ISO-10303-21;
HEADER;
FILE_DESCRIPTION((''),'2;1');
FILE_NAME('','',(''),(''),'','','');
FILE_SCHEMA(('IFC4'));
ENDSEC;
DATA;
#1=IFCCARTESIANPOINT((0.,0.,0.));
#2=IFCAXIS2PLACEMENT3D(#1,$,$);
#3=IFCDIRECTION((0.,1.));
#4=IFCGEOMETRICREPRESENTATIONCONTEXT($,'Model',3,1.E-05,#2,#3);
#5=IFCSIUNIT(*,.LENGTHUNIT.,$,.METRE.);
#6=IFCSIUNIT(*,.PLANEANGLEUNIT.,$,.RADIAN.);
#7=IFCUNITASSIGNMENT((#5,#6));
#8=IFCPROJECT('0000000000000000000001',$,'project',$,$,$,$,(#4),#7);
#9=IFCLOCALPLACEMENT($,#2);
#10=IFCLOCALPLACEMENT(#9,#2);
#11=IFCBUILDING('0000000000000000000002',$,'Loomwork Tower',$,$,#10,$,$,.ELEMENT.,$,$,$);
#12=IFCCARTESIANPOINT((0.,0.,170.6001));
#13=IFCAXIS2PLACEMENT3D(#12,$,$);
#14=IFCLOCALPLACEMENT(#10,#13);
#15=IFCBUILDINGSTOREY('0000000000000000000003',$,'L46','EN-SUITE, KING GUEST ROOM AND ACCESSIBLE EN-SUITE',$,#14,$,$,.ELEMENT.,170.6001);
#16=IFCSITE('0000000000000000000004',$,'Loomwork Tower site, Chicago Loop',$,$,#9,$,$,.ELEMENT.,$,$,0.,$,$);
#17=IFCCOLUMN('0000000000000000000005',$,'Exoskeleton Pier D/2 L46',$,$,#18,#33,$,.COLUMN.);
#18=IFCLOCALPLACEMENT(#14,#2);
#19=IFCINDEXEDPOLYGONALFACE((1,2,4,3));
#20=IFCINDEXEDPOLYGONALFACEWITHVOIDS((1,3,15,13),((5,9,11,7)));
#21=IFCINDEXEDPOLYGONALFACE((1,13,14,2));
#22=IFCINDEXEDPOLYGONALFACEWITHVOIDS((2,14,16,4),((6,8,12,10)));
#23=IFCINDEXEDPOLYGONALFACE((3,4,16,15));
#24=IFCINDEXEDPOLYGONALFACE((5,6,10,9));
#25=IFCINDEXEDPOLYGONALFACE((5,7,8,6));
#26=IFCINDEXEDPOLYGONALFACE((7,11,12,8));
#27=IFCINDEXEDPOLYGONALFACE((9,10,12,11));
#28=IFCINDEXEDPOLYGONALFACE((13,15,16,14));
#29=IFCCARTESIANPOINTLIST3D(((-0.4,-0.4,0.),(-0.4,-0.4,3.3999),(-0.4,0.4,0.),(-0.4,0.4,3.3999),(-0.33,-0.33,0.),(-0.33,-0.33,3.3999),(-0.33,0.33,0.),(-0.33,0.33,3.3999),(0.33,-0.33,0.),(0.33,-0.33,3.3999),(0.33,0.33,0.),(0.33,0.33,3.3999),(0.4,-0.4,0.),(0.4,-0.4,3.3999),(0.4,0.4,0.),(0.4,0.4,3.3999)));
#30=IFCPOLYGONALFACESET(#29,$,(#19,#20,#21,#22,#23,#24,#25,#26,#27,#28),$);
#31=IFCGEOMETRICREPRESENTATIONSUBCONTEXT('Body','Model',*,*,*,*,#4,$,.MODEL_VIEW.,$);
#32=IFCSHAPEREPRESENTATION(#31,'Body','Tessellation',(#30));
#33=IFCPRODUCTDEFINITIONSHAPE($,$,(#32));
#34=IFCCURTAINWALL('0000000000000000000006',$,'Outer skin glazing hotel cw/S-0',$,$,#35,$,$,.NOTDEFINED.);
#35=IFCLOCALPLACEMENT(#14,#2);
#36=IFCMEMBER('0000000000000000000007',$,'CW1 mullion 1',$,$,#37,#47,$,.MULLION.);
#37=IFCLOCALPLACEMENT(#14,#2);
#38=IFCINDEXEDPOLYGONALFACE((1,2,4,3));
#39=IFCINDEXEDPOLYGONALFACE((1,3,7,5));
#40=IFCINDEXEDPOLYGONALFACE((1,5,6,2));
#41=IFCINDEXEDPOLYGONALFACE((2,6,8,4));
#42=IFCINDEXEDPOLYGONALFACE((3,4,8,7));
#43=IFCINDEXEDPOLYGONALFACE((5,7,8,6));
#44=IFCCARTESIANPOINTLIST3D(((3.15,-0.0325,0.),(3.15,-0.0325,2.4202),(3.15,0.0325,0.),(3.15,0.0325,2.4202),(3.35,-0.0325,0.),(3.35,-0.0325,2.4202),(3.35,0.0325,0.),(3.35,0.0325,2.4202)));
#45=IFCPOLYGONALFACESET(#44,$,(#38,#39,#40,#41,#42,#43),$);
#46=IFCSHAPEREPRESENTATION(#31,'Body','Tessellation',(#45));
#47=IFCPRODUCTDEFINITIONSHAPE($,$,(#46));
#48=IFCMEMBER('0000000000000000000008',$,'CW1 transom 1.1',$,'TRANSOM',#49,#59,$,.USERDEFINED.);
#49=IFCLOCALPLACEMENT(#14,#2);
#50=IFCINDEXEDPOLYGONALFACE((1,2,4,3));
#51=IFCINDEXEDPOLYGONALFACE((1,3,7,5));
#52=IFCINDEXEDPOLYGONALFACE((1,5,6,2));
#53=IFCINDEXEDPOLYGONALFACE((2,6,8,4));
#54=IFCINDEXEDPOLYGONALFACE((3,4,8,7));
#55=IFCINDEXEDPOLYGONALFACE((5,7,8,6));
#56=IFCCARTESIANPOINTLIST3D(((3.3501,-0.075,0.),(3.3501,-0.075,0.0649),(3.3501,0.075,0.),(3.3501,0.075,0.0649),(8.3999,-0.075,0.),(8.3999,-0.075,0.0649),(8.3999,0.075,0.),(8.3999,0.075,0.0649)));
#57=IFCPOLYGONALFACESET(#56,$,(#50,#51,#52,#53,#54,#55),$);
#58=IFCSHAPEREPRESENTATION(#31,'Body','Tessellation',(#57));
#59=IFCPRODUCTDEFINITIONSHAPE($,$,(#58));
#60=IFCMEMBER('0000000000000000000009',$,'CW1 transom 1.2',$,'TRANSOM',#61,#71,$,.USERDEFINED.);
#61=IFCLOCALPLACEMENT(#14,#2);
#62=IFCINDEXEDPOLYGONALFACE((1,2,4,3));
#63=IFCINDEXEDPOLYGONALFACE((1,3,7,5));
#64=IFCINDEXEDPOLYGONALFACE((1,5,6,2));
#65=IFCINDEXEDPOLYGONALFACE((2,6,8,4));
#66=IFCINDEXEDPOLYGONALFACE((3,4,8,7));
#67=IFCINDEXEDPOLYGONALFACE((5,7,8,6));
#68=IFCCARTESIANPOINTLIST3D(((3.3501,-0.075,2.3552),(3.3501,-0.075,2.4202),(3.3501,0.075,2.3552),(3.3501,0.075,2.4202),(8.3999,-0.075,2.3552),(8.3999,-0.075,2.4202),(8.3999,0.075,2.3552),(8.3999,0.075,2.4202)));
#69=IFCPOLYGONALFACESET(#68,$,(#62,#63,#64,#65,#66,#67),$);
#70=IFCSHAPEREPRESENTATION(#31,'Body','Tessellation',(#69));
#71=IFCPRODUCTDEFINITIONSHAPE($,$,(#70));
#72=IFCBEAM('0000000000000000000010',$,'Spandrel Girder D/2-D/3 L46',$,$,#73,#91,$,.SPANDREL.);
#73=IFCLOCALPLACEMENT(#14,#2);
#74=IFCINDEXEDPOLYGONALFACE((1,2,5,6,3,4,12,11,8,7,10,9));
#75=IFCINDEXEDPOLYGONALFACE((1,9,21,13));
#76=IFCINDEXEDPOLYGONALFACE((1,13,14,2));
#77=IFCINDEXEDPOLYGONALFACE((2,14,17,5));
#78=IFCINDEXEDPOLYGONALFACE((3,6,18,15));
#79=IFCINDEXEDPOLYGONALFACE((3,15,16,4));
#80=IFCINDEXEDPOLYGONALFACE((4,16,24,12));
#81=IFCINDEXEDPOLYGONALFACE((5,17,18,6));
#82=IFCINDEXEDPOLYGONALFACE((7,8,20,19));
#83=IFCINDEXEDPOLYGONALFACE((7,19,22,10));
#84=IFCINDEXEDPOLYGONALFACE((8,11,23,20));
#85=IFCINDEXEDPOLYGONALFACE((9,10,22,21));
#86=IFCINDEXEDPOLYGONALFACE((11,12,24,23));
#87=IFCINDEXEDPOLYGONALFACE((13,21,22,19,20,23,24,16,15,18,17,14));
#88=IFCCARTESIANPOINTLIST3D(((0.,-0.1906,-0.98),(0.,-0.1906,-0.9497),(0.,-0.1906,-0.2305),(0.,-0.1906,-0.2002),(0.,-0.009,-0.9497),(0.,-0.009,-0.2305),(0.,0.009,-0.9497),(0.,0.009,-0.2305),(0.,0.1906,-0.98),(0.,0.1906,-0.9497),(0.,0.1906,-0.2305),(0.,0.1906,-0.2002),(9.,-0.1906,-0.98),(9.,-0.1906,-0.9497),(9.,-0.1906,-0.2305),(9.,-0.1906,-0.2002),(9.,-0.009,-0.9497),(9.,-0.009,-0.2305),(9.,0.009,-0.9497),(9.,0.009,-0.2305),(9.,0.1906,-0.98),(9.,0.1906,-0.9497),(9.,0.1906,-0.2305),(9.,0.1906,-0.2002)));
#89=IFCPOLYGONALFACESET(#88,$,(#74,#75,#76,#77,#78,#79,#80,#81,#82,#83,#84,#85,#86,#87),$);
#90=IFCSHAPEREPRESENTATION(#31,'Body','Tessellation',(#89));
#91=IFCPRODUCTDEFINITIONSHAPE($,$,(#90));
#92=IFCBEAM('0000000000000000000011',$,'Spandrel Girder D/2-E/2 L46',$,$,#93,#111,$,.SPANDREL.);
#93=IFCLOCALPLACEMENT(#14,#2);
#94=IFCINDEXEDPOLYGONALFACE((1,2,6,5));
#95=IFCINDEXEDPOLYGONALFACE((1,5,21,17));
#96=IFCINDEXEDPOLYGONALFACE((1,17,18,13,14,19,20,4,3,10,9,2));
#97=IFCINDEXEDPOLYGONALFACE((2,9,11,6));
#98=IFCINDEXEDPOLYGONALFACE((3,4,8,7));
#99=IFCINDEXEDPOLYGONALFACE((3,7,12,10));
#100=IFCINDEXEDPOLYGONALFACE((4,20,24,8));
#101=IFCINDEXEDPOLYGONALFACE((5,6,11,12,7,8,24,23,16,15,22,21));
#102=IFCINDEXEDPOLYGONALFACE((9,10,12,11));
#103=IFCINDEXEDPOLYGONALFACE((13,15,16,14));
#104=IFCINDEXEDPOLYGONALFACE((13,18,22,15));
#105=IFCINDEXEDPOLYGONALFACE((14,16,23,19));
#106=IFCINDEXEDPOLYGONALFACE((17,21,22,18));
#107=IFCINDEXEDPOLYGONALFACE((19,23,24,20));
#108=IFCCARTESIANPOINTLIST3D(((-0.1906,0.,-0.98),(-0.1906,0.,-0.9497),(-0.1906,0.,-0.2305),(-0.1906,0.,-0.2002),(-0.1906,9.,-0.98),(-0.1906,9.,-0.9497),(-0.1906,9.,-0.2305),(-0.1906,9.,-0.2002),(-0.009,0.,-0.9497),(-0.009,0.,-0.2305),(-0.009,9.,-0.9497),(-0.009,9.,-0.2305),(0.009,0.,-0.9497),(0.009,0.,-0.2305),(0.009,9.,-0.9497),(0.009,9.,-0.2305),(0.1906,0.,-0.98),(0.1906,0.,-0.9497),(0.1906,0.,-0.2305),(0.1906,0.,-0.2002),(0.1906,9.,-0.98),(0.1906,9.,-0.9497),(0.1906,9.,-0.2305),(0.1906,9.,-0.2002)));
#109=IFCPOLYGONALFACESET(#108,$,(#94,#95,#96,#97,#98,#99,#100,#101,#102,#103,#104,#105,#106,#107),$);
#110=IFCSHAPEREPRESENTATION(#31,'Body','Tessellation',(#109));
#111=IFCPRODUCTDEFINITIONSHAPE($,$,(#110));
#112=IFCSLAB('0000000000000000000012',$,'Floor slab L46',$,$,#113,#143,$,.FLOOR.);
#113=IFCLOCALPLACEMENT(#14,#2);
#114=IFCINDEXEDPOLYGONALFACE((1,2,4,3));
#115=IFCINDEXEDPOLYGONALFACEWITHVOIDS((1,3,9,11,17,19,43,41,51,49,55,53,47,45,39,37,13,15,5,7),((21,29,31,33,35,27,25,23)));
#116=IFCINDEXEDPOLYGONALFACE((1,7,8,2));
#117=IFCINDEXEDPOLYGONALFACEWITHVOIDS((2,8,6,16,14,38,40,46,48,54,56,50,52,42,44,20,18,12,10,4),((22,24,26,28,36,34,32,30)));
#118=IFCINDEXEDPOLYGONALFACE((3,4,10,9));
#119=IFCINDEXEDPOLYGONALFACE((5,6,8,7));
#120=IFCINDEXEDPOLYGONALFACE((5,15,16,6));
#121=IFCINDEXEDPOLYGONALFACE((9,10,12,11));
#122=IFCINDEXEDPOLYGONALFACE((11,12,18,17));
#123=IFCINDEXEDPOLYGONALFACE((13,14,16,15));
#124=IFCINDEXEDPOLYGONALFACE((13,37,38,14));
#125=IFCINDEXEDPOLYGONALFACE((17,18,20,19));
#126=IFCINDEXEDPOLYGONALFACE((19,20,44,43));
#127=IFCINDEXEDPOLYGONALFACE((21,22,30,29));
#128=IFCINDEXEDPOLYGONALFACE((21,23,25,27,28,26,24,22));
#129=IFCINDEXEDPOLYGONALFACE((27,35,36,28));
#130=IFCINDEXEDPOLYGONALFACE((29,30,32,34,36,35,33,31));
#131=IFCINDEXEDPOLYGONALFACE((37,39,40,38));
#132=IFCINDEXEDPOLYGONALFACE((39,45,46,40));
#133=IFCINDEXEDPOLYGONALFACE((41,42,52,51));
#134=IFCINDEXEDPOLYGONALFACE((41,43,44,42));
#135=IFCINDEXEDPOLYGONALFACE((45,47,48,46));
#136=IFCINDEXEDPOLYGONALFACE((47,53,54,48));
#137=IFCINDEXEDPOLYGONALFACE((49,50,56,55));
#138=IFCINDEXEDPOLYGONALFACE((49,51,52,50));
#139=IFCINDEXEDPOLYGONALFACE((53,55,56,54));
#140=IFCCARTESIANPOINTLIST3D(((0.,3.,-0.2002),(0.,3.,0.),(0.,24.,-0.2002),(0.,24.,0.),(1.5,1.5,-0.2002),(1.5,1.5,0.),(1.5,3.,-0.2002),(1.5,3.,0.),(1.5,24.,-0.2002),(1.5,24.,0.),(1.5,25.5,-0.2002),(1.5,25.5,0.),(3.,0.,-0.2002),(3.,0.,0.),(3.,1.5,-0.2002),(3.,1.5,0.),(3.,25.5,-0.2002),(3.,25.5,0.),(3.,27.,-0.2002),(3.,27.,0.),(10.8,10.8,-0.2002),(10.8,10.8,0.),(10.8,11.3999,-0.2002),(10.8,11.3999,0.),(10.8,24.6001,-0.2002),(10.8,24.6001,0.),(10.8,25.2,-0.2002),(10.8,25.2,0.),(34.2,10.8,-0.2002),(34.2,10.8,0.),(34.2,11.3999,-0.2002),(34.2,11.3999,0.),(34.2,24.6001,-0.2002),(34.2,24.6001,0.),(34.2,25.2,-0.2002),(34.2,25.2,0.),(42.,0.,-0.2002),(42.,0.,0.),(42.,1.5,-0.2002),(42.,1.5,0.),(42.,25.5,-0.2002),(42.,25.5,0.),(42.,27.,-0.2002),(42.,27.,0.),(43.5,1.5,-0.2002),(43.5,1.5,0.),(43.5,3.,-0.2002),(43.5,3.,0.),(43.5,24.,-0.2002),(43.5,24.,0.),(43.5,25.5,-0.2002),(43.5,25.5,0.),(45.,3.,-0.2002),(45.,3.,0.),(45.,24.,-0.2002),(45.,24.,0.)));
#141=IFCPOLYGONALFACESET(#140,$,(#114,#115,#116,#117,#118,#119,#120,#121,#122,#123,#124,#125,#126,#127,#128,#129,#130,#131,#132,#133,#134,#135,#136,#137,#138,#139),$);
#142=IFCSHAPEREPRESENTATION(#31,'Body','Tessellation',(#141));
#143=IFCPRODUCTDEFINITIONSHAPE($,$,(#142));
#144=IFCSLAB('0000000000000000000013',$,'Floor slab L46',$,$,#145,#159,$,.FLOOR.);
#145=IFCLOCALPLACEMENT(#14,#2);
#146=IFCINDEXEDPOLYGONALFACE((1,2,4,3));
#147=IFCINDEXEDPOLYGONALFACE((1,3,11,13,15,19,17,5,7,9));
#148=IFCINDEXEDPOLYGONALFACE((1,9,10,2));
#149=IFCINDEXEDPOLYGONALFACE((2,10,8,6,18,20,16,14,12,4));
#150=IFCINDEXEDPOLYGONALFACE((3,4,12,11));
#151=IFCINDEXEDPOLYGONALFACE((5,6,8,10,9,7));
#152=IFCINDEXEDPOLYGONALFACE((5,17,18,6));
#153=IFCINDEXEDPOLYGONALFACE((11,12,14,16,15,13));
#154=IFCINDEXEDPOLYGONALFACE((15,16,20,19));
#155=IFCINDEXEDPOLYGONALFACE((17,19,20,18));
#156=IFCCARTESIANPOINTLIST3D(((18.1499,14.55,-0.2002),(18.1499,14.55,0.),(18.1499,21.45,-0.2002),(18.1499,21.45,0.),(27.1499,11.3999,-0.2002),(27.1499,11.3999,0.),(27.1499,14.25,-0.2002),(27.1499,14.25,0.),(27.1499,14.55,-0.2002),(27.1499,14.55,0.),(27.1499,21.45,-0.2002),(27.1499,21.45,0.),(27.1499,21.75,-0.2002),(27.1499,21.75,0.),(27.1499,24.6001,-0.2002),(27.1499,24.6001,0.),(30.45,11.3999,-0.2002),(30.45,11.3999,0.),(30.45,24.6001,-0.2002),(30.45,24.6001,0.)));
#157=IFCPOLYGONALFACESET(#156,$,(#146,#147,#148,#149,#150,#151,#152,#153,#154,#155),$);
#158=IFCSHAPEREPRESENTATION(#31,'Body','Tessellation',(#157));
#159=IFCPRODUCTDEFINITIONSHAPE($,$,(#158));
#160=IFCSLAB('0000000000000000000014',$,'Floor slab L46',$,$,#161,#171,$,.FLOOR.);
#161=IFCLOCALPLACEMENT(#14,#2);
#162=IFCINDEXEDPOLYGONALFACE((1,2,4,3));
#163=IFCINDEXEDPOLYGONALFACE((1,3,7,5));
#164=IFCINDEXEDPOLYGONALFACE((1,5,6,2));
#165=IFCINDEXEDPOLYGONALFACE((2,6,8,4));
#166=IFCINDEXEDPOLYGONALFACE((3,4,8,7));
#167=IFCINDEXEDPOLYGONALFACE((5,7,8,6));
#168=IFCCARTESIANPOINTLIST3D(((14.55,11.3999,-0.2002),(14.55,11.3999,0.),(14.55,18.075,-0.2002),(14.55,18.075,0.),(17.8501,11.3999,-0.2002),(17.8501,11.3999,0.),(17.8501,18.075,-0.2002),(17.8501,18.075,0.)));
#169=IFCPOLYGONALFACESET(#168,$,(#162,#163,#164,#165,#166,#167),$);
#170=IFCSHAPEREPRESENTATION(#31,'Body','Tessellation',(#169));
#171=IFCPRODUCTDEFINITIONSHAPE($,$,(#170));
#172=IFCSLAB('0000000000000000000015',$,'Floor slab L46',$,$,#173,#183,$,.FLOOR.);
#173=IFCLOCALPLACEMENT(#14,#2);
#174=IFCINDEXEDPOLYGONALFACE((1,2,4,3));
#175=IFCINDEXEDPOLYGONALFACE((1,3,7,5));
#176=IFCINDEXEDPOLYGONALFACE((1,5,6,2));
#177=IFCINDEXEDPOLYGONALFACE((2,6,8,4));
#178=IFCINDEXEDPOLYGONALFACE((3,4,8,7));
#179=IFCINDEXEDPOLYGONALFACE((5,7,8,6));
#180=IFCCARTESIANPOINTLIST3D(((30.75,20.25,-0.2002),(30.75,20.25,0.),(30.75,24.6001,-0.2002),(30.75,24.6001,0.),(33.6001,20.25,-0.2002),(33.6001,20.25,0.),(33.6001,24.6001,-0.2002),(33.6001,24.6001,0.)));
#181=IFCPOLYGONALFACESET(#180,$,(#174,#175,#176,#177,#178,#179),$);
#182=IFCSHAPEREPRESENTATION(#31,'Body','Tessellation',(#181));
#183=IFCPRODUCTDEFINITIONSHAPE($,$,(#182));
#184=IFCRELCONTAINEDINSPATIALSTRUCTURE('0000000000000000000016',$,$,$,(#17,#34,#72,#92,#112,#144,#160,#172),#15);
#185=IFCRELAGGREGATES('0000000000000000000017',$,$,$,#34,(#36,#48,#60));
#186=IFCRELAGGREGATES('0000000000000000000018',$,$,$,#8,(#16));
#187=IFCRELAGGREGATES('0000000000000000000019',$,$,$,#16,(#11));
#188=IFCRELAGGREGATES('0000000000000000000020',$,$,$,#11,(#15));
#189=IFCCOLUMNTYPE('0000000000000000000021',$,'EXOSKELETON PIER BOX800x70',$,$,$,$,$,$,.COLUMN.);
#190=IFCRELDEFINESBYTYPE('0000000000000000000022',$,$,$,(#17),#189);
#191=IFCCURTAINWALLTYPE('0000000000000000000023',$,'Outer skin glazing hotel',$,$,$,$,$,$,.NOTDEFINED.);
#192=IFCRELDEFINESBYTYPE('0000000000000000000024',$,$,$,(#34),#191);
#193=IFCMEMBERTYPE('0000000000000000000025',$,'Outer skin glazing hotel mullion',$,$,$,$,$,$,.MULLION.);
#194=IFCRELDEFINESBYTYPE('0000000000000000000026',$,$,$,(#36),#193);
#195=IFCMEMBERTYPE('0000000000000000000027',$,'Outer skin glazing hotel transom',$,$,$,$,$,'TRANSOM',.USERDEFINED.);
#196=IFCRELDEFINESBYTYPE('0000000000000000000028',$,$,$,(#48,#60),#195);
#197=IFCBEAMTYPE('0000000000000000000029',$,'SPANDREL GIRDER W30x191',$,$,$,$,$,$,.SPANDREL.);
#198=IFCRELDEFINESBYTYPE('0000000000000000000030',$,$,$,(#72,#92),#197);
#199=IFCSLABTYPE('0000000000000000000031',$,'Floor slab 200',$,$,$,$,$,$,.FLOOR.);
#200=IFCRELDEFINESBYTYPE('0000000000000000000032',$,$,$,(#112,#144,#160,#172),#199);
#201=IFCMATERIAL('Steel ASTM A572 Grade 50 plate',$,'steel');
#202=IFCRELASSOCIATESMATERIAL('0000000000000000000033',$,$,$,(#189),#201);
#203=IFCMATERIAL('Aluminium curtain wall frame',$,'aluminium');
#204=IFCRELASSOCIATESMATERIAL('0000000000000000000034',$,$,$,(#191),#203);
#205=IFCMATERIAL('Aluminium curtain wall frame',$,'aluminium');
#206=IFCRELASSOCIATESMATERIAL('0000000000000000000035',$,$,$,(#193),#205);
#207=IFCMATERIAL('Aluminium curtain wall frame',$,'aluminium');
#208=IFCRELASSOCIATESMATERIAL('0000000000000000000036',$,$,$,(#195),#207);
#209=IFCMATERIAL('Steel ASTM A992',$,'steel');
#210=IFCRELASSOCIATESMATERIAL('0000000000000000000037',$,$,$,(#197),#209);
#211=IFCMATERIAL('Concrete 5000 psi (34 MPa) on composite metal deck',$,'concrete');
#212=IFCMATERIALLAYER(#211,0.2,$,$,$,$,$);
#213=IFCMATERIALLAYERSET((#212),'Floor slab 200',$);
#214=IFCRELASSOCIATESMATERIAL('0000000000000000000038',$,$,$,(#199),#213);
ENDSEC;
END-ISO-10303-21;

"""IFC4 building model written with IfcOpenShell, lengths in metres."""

from ifc_helpers import new_model, si_unit, direction, frame, origin, origin_with_axes, origin_2d, place, context, subcontext, project, spatial, polyline, rectangle, hollow_rectangle, i_section, outline, extrude, material, layer, layer_set, material_profile, profile_set, type_object, element, aggregate, save


model = new_model("IFC4")

# Units and contexts
model_context = context("Model", 3, precision=1e-05, world=origin(), true_north=direction((0.0, 1.0)))
body_context = subcontext(model_context, "Body", "Model", "MODEL_VIEW")
ifc_project = project(units=[si_unit("LENGTHUNIT", "METRE"), si_unit("PLANEANGLEUNIT", "RADIAN")], contexts=[model_context])

# Site, building, storey
site_placement = place(None, origin())
site = spatial("IfcSite", under=ifc_project, at=site_placement, Name="Loomwork Tower site, Chicago Loop", CompositionType="ELEMENT", RefElevation=0.0)
building_placement = place(site_placement, origin())
building = spatial("IfcBuilding", under=site, at=building_placement, Name="Loomwork Tower", CompositionType="ELEMENT")
storey_placement = place(building_placement, frame((0.0, 0.0, 170.6001)))
storey = spatial("IfcBuildingStorey", under=building, at=storey_placement, Name="L46", Description="EN-SUITE, KING GUEST ROOM AND ACCESSIBLE EN-SUITE", CompositionType="ELEMENT", Elevation=170.6001)

# Column
ifc_material_1 = material(Name="Steel ASTM A572 Grade 50 plate", Category="steel")
ifc_material_profile_1 = material_profile(ifc_material_1, hollow_rectangle(XDim=0.8, YDim=0.8, WallThickness=0.0701, at=origin_2d()), Name="BOX800x70")
ifc_profile_set_1 = profile_set([ifc_material_profile_1], Name="Steel ASTM A572 Grade 50 plate")
column_type = type_object("IfcColumnType", Name="EXOSKELETON PIER BOX800x70", PredefinedType="COLUMN", material=ifc_profile_set_1)
column_placement = place(storey_placement, origin_with_axes())
element("IfcColumn", 1, at=column_placement, inside=storey, type_object=column_type, Name="Exoskeleton Pier D/2 L46", PredefinedType="COLUMN", context=body_context, shape_type="SweptSolid", body=[
    extrude(hollow_rectangle(XDim=0.8, YDim=0.8, WallThickness=0.0701, at=origin_2d()), origin(), (0.0, 0.0, 1.0), 3.3999),
])

# Curtain wall, members
ifc_material_2 = material(Name="Aluminium curtain wall frame", Category="aluminium")
curtain_wall_type = type_object("IfcCurtainWallType", Name="Outer skin glazing hotel", PredefinedType="NOTDEFINED", material=ifc_material_2)
curtain_wall_placement = place(storey_placement, origin())
curtain_wall = element("IfcCurtainWall", 2, at=curtain_wall_placement, inside=storey, type_object=curtain_wall_type, Name="Outer skin glazing hotel cw/S-0", PredefinedType="NOTDEFINED")
ifc_material_3 = material(Name="Aluminium curtain wall frame", Category="aluminium")
ifc_material_profile_2 = material_profile(ifc_material_3, rectangle(XDim=0.0649, YDim=0.2, at=origin_2d()), Name="AL 65x200")
ifc_profile_set_2 = profile_set([ifc_material_profile_2], Name="Aluminium curtain wall frame")
member_type_1 = type_object("IfcMemberType", Name="Outer skin glazing hotel mullion", PredefinedType="MULLION", material=ifc_profile_set_2)
member_1_placement = place(storey_placement, frame((3.25, 0.0, 0.0), z_axis=(0.0, 0.0, 1.0), x_axis=(0.0, 1.0, 0.0)))
member_1 = element("IfcMember", 3, at=member_1_placement, type_object=member_type_1, Name="CW1 mullion 1", PredefinedType="MULLION", context=body_context, shape_type="SweptSolid", body=[
    extrude(rectangle(XDim=0.0649, YDim=0.2, at=origin_2d()), origin(), (0.0, 0.0, 1.0), 2.4202),
])
ifc_material_4 = material(Name="Aluminium curtain wall frame", Category="aluminium")
ifc_material_profile_3 = material_profile(ifc_material_4, rectangle(XDim=0.1499, YDim=0.0649, at=origin_2d()), Name="AL 65x150")
ifc_profile_set_3 = profile_set([ifc_material_profile_3], Name="Aluminium curtain wall frame")
member_type_2 = type_object("IfcMemberType", Name="Outer skin glazing hotel transom", ElementType="TRANSOM", PredefinedType="USERDEFINED", material=ifc_profile_set_3)
member_2_placement = place(storey_placement, frame((3.3501, 0.0, 0.0325), z_axis=(1.0, 0.0, 0.0), x_axis=(0.0, 1.0, 0.0)))
member_2 = element("IfcMember", 4, at=member_2_placement, type_object=member_type_2, Name="CW1 transom 1.1", ObjectType="TRANSOM", PredefinedType="USERDEFINED", context=body_context, shape_type="SweptSolid", body=[
    extrude(rectangle(XDim=0.1499, YDim=0.0649, at=origin_2d()), origin(), (0.0, 0.0, 1.0), 5.0498),
])
member_3_placement = place(storey_placement, frame((3.3501, 0.0, 2.3877), z_axis=(1.0, 0.0, 0.0), x_axis=(0.0, 1.0, 0.0)))
member_3 = element("IfcMember", 5, at=member_3_placement, type_object=member_type_2, Name="CW1 transom 1.2", ObjectType="TRANSOM", PredefinedType="USERDEFINED", context=body_context, shape_type="SweptSolid", body=[
    extrude(rectangle(XDim=0.1499, YDim=0.0649, at=origin_2d()), origin(), (0.0, 0.0, 1.0), 5.0498),
])
aggregate(curtain_wall, [member_1, member_2, member_3])

# Beams
ifc_material_5 = material(Name="Steel ASTM A992", Category="steel")
ifc_material_profile_4 = material_profile(ifc_material_5, i_section(OverallWidth=0.3811, OverallDepth=0.7798, WebThickness=0.0181, FlangeThickness=0.0303, at=origin_2d()), Name="W30x191")
ifc_profile_set_4 = profile_set([ifc_material_profile_4], Name="Steel ASTM A992")
beam_type = type_object("IfcBeamType", Name="SPANDREL GIRDER W30x191", PredefinedType="SPANDREL", material=ifc_profile_set_4)
for number, where, z_axis, x_axis, name in (
    (6, (0.0, 0.0, -0.5901), (1.0, 0.0, 0.0), (0.0, 1.0, 0.0), "Spandrel Girder D/2-D/3 L46"),
    (7, (0.0, 0.0, -0.5901), (0.0, 1.0, 0.0), (-1.0, 0.0, 0.0), "Spandrel Girder D/2-E/2 L46"),
):
    element("IfcBeam", number, at=place(storey_placement, frame(where, z_axis=z_axis, x_axis=x_axis)), inside=storey, type_object=beam_type, Name=name, PredefinedType="SPANDREL", context=body_context, shape_type="SweptSolid", body=[
        extrude(i_section(OverallWidth=0.3811, OverallDepth=0.7798, WebThickness=0.0181, FlangeThickness=0.0303, at=origin_2d()), origin(), (0.0, 0.0, 1.0), 9.0),
    ])

# Slabs
ifc_material_6 = material(Name="Concrete 5000 psi (34 MPa) on composite metal deck", Category="concrete")
ifc_layer_1 = layer(ifc_material_6, 0.2)
ifc_layer_set_1 = layer_set([ifc_layer_1], Name="Floor slab 200")
slab_type_1 = type_object("IfcSlabType", Name="Floor slab 200", PredefinedType="FLOOR", material=ifc_layer_set_1)
slab_1_placement = place(storey_placement, frame((0.0, 0.0, -0.2002)))
element("IfcSlab", 8, at=slab_1_placement, inside=storey, type_object=slab_type_1, Name="Floor slab L46", PredefinedType="FLOOR", context=body_context, shape_type="SweptSolid", body=[
    extrude(outline(polyline([(3.0, 1.5), (1.5, 1.5), (1.5, 3.0), (0.0, 3.0), (0.0, 24.0), (1.5, 24.0), (1.5, 25.5), (3.0, 25.5), (3.0, 27.0), (42.0, 27.0), (42.0, 25.5), (43.5, 25.5), (43.5, 24.0), (45.0, 24.0), (45.0, 3.0), (43.5, 3.0), (43.5, 1.5), (42.0, 1.5), (42.0, 0.0), (3.0, 0.0), (3.0, 1.5)]), holes=[polyline([(10.8, 11.3999), (10.8, 11.3999), (10.8, 10.8), (34.2, 10.8), (34.2, 11.3999), (34.2, 11.3999), (34.2, 24.6001), (34.2, 25.2), (10.8, 25.2), (10.8, 24.6001), (10.8, 11.3999)])]), origin(), (0.0, 0.0, 1.0), 0.2002),
])
slab_2_placement = place(storey_placement, frame((0.0, 0.0, -0.2002)))
element("IfcSlab", 9, at=slab_2_placement, inside=storey, type_object=slab_type_1, Name="Floor slab L46", PredefinedType="FLOOR", context=body_context, shape_type="SweptSolid", body=[
    extrude(outline(polyline([(30.45, 24.6001), (30.45, 11.3999), (27.1499, 11.3999), (27.1499, 14.25), (27.1499, 14.55), (18.1499, 14.55), (18.1499, 21.45), (27.1499, 21.45), (27.1499, 21.75), (27.1499, 24.6001), (30.45, 24.6001)])), origin(), (0.0, 0.0, 1.0), 0.2002),
])
slab_3_placement = place(storey_placement, frame((0.0, 0.0, -0.2002)))
element("IfcSlab", 10, at=slab_3_placement, inside=storey, type_object=slab_type_1, Name="Floor slab L46", PredefinedType="FLOOR", context=body_context, shape_type="SweptSolid", body=[
    extrude(outline(polyline([(14.55, 11.3999), (14.55, 18.075), (17.8501, 18.075), (17.8501, 11.3999), (14.55, 11.3999)])), origin(), (0.0, 0.0, 1.0), 0.2002),
])
slab_4_placement = place(storey_placement, frame((0.0, 0.0, -0.2002)))
element("IfcSlab", 11, at=slab_4_placement, inside=storey, type_object=slab_type_1, Name="Floor slab L46", PredefinedType="FLOOR", context=body_context, shape_type="SweptSolid", body=[
    extrude(outline(polyline([(33.6001, 20.25), (30.75, 20.25), (30.75, 24.6001), (33.6001, 24.6001), (33.6001, 20.25)])), origin(), (0.0, 0.0, 1.0), 0.2002),
])

save(model, "model.ifc")
